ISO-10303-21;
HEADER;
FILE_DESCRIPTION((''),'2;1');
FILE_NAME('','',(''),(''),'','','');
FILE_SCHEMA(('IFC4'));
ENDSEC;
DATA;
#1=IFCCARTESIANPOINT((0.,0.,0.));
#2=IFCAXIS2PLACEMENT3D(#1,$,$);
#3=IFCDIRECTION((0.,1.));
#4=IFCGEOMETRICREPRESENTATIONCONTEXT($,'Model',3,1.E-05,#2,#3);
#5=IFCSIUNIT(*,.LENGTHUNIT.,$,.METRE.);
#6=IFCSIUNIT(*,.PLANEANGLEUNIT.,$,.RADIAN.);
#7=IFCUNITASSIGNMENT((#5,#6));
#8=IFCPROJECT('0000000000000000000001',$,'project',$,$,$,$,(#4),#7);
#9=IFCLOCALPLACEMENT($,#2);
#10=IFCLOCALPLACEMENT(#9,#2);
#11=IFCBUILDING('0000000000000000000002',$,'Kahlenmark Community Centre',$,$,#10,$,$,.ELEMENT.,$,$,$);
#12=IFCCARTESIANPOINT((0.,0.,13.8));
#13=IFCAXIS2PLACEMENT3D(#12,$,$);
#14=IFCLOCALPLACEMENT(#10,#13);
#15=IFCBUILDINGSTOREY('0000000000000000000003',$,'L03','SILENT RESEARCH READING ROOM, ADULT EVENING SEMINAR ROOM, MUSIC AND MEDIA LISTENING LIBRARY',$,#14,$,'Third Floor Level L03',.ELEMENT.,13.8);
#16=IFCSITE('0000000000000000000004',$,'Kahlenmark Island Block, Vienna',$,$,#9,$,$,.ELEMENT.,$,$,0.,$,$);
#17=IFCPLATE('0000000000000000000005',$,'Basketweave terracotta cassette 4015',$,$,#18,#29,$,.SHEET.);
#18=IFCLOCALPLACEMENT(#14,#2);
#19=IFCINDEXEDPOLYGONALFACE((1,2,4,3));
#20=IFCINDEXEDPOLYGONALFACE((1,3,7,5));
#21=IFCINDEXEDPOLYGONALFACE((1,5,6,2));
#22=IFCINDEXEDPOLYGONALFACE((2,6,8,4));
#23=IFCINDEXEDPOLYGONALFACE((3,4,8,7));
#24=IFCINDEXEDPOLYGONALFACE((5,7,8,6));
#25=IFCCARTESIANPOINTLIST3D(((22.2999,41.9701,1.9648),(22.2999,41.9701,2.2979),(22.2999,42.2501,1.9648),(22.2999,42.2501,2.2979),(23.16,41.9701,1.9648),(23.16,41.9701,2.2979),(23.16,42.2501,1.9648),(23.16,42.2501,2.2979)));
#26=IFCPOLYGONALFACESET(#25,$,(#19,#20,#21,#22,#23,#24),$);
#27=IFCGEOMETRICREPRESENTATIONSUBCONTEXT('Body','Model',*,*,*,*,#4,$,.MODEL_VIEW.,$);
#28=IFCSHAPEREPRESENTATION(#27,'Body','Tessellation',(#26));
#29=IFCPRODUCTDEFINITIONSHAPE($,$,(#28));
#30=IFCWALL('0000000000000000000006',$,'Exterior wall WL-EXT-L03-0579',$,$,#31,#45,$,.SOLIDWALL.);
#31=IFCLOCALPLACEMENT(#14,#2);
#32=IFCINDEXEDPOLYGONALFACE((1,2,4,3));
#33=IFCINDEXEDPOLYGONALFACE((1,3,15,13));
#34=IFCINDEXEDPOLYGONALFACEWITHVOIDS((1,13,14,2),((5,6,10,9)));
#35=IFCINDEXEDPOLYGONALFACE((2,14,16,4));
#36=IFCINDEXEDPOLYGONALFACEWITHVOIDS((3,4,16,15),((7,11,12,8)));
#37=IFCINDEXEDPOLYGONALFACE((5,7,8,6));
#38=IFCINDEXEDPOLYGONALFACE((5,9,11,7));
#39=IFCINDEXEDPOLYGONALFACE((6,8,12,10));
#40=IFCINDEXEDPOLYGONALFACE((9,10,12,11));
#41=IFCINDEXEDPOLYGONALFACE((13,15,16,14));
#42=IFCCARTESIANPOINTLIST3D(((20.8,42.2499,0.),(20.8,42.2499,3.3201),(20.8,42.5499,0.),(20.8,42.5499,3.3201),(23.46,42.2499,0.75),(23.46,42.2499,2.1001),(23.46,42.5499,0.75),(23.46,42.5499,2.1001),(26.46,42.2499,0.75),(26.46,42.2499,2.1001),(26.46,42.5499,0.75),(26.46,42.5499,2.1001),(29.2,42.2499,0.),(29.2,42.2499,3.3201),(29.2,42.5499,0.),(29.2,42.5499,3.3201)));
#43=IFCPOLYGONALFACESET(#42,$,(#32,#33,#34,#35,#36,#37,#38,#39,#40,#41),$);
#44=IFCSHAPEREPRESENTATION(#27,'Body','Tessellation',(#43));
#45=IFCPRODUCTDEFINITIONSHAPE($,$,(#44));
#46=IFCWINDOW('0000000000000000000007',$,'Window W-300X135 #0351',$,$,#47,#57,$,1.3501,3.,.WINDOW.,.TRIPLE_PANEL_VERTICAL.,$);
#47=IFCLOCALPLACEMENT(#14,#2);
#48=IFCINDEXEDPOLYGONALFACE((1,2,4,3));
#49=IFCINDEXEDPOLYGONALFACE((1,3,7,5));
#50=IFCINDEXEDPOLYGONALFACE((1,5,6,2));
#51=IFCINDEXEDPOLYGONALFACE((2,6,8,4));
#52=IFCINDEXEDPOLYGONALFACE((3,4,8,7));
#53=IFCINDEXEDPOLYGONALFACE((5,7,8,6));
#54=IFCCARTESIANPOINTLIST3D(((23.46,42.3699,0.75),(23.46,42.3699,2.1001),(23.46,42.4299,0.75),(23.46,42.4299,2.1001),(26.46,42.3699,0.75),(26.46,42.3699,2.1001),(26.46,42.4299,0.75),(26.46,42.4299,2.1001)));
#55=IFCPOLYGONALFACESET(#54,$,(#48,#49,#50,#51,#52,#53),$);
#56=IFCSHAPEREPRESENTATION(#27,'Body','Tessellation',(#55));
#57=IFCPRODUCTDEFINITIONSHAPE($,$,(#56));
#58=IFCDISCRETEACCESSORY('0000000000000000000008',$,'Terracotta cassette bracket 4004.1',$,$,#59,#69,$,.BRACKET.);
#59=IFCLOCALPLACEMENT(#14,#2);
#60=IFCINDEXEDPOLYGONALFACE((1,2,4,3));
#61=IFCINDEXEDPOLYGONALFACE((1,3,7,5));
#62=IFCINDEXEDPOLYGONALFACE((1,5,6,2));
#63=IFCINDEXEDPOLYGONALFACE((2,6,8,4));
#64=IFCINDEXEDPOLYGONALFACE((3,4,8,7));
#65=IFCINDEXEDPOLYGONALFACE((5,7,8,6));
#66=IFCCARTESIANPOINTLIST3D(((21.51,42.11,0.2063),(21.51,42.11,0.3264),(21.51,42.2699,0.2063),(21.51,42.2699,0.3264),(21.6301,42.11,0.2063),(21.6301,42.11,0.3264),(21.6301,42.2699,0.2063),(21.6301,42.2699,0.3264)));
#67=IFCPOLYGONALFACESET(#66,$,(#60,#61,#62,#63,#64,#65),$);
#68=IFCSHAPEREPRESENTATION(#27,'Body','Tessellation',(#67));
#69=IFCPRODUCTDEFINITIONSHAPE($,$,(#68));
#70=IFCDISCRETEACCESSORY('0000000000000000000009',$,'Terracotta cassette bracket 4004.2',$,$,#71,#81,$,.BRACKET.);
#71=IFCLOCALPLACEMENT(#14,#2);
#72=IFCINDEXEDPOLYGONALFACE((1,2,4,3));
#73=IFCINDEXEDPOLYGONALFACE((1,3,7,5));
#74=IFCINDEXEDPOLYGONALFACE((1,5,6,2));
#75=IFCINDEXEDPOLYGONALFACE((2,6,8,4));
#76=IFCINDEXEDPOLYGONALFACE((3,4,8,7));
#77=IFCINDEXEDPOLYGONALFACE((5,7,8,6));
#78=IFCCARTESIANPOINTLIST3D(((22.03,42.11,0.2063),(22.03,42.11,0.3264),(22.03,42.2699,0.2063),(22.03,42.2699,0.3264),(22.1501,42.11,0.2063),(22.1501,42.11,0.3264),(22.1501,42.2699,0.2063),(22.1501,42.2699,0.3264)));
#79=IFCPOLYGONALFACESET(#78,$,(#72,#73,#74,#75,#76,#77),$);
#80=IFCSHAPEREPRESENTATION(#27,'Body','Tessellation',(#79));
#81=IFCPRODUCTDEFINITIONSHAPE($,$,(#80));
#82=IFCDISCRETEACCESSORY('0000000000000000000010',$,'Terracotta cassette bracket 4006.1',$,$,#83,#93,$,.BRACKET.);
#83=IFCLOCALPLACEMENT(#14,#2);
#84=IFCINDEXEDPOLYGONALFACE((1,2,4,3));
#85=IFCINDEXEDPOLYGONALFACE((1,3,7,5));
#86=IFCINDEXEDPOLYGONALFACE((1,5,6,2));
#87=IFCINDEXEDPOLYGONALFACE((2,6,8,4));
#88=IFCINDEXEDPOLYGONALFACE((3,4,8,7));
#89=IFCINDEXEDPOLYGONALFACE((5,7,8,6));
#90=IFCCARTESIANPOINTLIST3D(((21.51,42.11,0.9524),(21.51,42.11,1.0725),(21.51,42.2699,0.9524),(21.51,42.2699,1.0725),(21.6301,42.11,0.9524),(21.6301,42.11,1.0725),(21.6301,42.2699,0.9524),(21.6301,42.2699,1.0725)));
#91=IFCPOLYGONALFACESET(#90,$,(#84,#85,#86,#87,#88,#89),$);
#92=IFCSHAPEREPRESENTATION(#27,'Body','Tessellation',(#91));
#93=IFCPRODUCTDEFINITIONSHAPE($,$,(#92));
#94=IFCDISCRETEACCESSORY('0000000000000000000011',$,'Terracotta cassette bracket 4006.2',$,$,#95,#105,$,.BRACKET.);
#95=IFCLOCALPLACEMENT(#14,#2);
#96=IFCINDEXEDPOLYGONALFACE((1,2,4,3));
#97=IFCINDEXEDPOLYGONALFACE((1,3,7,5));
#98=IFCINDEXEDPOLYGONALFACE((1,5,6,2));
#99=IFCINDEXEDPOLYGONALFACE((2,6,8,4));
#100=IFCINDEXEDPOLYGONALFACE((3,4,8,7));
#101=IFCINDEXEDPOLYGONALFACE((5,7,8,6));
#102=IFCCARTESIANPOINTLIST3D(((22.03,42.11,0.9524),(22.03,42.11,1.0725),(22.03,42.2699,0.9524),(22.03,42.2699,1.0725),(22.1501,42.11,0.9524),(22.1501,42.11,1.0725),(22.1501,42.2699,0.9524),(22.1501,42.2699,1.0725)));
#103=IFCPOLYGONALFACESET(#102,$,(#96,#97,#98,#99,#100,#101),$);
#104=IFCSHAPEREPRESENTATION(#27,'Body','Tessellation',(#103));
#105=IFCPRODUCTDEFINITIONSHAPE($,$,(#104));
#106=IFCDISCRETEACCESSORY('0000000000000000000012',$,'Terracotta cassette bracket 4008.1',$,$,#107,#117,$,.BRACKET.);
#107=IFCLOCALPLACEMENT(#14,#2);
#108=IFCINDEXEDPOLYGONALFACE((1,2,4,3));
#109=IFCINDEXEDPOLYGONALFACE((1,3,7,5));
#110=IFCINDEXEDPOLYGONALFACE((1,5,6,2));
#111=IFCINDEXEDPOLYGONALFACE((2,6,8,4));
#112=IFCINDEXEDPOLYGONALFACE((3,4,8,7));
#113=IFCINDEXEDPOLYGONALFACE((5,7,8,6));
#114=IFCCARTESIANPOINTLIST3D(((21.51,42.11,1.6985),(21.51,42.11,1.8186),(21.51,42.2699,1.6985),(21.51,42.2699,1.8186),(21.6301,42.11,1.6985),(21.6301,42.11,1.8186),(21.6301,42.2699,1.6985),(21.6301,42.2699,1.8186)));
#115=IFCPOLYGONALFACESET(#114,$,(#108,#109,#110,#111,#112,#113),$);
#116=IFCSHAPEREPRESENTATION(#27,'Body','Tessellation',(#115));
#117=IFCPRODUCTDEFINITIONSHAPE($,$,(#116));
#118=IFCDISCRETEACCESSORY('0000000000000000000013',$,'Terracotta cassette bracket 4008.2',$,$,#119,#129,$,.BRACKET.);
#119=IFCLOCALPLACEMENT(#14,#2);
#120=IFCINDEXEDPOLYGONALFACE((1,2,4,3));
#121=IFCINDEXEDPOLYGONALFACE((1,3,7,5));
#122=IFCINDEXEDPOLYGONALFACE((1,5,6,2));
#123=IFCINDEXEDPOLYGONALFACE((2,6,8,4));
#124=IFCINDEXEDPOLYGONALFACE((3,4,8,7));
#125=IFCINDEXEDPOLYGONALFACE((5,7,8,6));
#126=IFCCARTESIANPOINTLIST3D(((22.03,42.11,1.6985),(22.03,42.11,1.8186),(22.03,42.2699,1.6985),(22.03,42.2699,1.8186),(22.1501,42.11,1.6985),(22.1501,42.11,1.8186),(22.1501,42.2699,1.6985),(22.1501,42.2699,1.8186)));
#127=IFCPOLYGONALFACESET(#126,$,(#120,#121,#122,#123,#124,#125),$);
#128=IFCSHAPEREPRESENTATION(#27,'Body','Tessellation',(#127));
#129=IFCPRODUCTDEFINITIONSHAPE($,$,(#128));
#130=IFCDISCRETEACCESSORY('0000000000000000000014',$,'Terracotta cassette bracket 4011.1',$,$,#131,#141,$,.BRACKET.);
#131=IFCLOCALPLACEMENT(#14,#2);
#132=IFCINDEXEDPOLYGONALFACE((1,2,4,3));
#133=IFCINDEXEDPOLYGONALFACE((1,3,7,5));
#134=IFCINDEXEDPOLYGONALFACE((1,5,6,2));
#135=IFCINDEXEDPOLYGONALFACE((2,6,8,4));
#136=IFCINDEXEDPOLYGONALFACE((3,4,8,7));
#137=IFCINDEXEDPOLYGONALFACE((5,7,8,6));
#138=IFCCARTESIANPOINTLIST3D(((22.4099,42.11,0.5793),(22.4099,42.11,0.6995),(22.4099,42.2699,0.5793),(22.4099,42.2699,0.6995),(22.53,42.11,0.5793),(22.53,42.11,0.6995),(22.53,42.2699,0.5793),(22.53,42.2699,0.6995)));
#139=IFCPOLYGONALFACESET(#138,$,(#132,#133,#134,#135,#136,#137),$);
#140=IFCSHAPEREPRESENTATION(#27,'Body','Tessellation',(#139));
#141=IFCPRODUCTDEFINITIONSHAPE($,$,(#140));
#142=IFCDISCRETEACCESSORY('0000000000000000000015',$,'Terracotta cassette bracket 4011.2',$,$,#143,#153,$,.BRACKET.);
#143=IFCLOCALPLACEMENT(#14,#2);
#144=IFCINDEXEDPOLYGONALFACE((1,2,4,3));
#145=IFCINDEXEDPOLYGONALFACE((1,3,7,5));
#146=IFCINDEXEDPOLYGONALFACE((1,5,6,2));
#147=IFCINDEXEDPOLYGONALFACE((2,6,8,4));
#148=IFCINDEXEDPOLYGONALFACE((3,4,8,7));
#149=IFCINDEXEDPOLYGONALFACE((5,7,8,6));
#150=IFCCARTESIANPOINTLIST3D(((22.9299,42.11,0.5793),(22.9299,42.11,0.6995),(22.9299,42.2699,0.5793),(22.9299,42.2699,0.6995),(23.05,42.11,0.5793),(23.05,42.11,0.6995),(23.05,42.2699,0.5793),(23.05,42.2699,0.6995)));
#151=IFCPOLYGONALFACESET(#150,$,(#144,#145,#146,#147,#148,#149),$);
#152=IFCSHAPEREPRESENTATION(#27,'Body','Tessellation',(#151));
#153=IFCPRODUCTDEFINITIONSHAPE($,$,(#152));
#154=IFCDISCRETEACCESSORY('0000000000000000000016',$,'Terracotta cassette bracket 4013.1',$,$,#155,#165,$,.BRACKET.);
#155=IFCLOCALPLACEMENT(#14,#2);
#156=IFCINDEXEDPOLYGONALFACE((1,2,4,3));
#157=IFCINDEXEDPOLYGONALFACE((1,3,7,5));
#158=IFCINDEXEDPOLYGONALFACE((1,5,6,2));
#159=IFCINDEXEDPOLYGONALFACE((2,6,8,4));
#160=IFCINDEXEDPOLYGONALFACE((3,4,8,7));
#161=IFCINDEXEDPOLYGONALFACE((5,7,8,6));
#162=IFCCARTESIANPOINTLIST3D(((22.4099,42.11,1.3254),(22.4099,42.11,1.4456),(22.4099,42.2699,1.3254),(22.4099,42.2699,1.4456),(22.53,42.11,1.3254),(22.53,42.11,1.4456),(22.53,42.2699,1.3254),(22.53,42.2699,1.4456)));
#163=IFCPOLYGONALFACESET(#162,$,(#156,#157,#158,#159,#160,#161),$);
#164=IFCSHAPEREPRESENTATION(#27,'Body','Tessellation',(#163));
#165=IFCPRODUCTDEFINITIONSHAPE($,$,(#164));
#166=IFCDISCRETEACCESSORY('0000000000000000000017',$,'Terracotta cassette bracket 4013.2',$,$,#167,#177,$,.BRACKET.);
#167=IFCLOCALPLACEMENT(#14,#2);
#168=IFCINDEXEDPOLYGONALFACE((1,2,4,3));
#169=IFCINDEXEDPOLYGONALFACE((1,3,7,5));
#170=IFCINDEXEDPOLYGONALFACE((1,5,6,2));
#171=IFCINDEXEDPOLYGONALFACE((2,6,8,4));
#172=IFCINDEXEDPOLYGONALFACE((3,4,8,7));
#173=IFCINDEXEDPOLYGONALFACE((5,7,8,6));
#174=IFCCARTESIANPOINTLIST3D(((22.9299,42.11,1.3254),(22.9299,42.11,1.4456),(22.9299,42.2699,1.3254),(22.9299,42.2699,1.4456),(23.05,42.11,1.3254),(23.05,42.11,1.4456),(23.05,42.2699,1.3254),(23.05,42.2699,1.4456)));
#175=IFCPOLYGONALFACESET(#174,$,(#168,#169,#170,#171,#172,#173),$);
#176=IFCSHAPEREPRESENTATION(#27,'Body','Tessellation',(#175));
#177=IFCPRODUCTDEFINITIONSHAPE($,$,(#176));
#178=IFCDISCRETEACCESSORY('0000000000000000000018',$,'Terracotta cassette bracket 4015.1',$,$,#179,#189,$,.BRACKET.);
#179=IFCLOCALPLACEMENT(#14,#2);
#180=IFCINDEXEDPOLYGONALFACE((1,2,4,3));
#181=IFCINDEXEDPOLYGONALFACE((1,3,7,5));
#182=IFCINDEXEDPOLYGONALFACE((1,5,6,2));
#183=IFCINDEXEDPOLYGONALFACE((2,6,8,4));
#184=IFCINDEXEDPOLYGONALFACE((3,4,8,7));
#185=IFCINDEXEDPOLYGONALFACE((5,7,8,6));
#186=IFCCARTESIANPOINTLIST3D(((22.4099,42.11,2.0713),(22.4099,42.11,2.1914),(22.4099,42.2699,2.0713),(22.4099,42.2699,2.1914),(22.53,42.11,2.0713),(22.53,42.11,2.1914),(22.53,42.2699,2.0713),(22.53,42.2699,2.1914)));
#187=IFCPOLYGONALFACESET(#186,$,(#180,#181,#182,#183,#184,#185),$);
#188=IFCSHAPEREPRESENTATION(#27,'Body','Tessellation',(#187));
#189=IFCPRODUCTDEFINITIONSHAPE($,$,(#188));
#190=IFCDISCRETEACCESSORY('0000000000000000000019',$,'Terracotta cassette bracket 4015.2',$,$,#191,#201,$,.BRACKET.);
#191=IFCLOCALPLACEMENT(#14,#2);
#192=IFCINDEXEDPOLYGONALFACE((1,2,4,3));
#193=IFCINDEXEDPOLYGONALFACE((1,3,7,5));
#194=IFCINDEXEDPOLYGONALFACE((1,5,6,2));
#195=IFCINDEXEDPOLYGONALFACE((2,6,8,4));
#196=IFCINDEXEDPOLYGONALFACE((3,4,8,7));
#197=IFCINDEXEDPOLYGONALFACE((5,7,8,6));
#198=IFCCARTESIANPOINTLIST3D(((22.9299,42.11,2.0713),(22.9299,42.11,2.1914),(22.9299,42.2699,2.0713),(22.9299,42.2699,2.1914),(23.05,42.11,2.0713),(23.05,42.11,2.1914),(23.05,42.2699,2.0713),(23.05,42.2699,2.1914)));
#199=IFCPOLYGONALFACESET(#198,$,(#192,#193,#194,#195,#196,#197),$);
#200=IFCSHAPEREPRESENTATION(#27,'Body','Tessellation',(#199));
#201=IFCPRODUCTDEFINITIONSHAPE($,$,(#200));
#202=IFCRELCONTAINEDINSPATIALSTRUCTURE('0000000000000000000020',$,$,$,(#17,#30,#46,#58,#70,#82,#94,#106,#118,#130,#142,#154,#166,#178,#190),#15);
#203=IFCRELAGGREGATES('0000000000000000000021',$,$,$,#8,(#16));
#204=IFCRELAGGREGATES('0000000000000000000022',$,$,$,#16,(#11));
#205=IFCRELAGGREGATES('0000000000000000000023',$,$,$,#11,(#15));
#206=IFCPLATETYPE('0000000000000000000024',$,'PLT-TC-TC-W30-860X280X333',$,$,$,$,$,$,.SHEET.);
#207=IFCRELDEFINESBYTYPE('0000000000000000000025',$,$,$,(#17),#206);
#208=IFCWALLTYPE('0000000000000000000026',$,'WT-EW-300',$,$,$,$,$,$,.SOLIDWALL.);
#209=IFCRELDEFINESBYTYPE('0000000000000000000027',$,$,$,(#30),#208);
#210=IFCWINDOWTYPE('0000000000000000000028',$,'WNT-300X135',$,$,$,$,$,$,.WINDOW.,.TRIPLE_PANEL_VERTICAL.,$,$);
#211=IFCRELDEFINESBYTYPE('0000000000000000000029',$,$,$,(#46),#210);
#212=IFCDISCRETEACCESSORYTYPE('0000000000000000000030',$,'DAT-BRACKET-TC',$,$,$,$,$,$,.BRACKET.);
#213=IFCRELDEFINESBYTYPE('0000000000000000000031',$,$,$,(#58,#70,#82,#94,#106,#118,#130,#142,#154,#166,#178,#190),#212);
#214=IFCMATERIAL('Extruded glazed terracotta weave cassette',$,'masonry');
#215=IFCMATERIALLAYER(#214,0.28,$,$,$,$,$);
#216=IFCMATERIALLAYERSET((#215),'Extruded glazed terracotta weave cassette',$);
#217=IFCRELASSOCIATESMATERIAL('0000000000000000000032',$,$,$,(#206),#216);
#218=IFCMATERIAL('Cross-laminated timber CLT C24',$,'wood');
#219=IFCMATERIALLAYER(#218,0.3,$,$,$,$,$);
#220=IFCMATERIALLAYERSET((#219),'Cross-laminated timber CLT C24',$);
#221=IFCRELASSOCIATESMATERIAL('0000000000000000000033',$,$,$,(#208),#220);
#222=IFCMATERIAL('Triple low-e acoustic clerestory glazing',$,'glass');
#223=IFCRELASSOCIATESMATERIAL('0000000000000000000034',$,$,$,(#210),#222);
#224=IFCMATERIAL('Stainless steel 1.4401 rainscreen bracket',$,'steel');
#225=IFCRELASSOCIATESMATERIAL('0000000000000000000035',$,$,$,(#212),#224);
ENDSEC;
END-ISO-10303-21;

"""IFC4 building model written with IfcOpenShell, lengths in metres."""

from ifc_helpers import new_model, si_unit, direction, frame, frame_2d, origin, origin_2d, place, context, subcontext, project, spatial, rectangle, extrude, material, layer, layer_set, type_object, element, fill, save


model = new_model("IFC4")

# Units and contexts
model_context = context("Model", 3, precision=1e-05, world=origin(), true_north=direction((0.0, 1.0)))
body_context = subcontext(model_context, "Body", "Model", "MODEL_VIEW")
ifc_project = project(units=[si_unit("LENGTHUNIT", "METRE"), si_unit("PLANEANGLEUNIT", "RADIAN")], contexts=[model_context])

# Site, building, storey
site_placement = place(None, origin())
site = spatial("IfcSite", under=ifc_project, at=site_placement, Name="Kahlenmark Island Block, Vienna", CompositionType="ELEMENT", RefElevation=0.0)
building_placement = place(site_placement, origin())
building = spatial("IfcBuilding", under=site, at=building_placement, Name="Kahlenmark Community Centre", CompositionType="ELEMENT")
storey_placement = place(building_placement, frame((0.0, 0.0, 13.8)))
storey = spatial("IfcBuildingStorey", under=building, at=storey_placement, Name="L03", Description="SILENT RESEARCH READING ROOM, ADULT EVENING SEMINAR ROOM, MUSIC AND MEDIA LISTENING LIBRARY", LongName="Third Floor Level L03", CompositionType="ELEMENT", Elevation=13.8)

# Plate
ifc_material_1 = material(Name="Extruded glazed terracotta weave cassette", Category="masonry")
ifc_layer_1 = layer(ifc_material_1, 0.28)
ifc_layer_set_1 = layer_set([ifc_layer_1], Name="Extruded glazed terracotta weave cassette")
plate_type_1 = type_object("IfcPlateType", Name="PLT-TC-TC-W30-860X280X333", PredefinedType="SHEET", material=ifc_layer_set_1)
plate_1_placement = place(storey_placement, frame((22.73, 42.1101, 1.9648), z_axis=(0.0, 0.0, 1.0), x_axis=(1.0, 0.0, 0.0)))
element("IfcPlate", 1, at=plate_1_placement, inside=storey, type_object=plate_type_1, Name="Basketweave terracotta cassette 4015", PredefinedType="SHEET", context=body_context, shape_type="SweptSolid", body=[
    extrude(rectangle(XDim=0.8601, YDim=0.28, at=origin_2d()), origin(), (0.0, 0.0, 1.0), 0.333),
])

# Wall, opening, window
ifc_material_2 = material(Name="Cross-laminated timber CLT C24", Category="wood")
ifc_layer_2 = layer(ifc_material_2, 0.3)
ifc_layer_set_2 = layer_set([ifc_layer_2], Name="Cross-laminated timber CLT C24")
wall_type = type_object("IfcWallType", Name="WT-EW-300", PredefinedType="SOLIDWALL", material=ifc_layer_set_2)
wall_placement = place(storey_placement, frame((20.8, 42.3999, 0.0), z_axis=(0.0, 0.0, 1.0), x_axis=(1.0, 0.0, 0.0)))
wall = element("IfcWall", 2, at=wall_placement, inside=storey, type_object=wall_type, Name="Exterior wall WL-EXT-L03-0579", PredefinedType="SOLIDWALL", context=body_context, shape_type="SweptSolid", body=[
    extrude(rectangle(XDim=8.3999, YDim=0.3, at=frame_2d((4.2, 0.0))), origin(), (0.0, 0.0, 1.0), 3.3201),
])
opening_placement = place(wall_placement, frame((2.6599, 0.0, 0.75)))
opening = element("IfcOpeningElement", 3, at=opening_placement, cuts=wall, PredefinedType="OPENING", context=body_context, shape_type="SweptSolid", body=[
    extrude(rectangle(XDim=3.0, YDim=1.3501, at=frame_2d((1.5, 0.675))), frame((0.0, 0.1599, 0.0), z_axis=(0.0, -1.0, 0.0), x_axis=(1.0, 0.0, 0.0)), (0.0, 0.0, 1.0), 0.3201),
])
ifc_material_3 = material(Name="Triple low-e acoustic clerestory glazing", Category="glass")
window_type = type_object("IfcWindowType", Name="WNT-300X135", PartitioningType="TRIPLE_PANEL_VERTICAL", PredefinedType="WINDOW", material=ifc_material_3)
window_placement = place(opening_placement, origin())
window = element("IfcWindow", 4, at=window_placement, inside=storey, type_object=window_type, Name="Window W-300X135 #0351", OverallHeight=1.3501, OverallWidth=3.0, PartitioningType="TRIPLE_PANEL_VERTICAL", PredefinedType="WINDOW", context=body_context, shape_type="SweptSolid", body=[
    extrude(rectangle(XDim=3.0, YDim=1.3501, at=frame_2d((1.5, 0.675))), frame((0.0, 0.03, 0.0), z_axis=(0.0, -1.0, 0.0), x_axis=(1.0, 0.0, 0.0)), (0.0, 0.0, 1.0), 0.0601),
])
fill(opening, window)

# Discrete accessories
ifc_material_4 = material(Name="Stainless steel 1.4401 rainscreen bracket", Category="steel")
discrete_accessory_type = type_object("IfcDiscreteAccessoryType", Name="DAT-BRACKET-TC", PredefinedType="BRACKET", material=ifc_material_4)
for number, where, z_axis, x_axis, name in (
    (5, (21.5701, 42.1899, 0.2063), (0.0, 0.0, 1.0), (1.0, 0.0, 0.0), "Terracotta cassette bracket 4004.1"),
    (6, (22.0901, 42.1899, 0.2063), (0.0, 0.0, 1.0), (1.0, 0.0, 0.0), "Terracotta cassette bracket 4004.2"),
    (7, (21.5701, 42.1899, 0.9524), (0.0, 0.0, 1.0), (1.0, 0.0, 0.0), "Terracotta cassette bracket 4006.1"),
    (8, (22.0901, 42.1899, 0.9524), (0.0, 0.0, 1.0), (1.0, 0.0, 0.0), "Terracotta cassette bracket 4006.2"),
    (9, (21.5701, 42.1899, 1.6985), (0.0, 0.0, 1.0), (1.0, 0.0, 0.0), "Terracotta cassette bracket 4008.1"),
    (10, (22.0901, 42.1899, 1.6985), (0.0, 0.0, 1.0), (1.0, 0.0, 0.0), "Terracotta cassette bracket 4008.2"),
    (11, (22.47, 42.1899, 0.5793), (0.0, 0.0, 1.0), (1.0, 0.0, 0.0), "Terracotta cassette bracket 4011.1"),
    (12, (22.99, 42.1899, 0.5793), (0.0, 0.0, 1.0), (1.0, 0.0, 0.0), "Terracotta cassette bracket 4011.2"),
    (13, (22.47, 42.1899, 1.3254), (0.0, 0.0, 1.0), (1.0, 0.0, 0.0), "Terracotta cassette bracket 4013.1"),
    (14, (22.99, 42.1899, 1.3254), (0.0, 0.0, 1.0), (1.0, 0.0, 0.0), "Terracotta cassette bracket 4013.2"),
    (15, (22.47, 42.1899, 2.0713), (0.0, 0.0, 1.0), (1.0, 0.0, 0.0), "Terracotta cassette bracket 4015.1"),
    (16, (22.99, 42.1899, 2.0713), (0.0, 0.0, 1.0), (1.0, 0.0, 0.0), "Terracotta cassette bracket 4015.2"),
):
    element("IfcDiscreteAccessory", number, at=place(storey_placement, frame(where, z_axis=z_axis, x_axis=x_axis)), inside=storey, type_object=discrete_accessory_type, Name=name, PredefinedType="BRACKET", context=body_context, shape_type="SweptSolid", body=[
        extrude(rectangle(XDim=0.1201, YDim=0.1599, at=origin_2d()), origin(), (0.0, 0.0, 1.0), 0.1201),
    ])

save(model, "model.ifc")
